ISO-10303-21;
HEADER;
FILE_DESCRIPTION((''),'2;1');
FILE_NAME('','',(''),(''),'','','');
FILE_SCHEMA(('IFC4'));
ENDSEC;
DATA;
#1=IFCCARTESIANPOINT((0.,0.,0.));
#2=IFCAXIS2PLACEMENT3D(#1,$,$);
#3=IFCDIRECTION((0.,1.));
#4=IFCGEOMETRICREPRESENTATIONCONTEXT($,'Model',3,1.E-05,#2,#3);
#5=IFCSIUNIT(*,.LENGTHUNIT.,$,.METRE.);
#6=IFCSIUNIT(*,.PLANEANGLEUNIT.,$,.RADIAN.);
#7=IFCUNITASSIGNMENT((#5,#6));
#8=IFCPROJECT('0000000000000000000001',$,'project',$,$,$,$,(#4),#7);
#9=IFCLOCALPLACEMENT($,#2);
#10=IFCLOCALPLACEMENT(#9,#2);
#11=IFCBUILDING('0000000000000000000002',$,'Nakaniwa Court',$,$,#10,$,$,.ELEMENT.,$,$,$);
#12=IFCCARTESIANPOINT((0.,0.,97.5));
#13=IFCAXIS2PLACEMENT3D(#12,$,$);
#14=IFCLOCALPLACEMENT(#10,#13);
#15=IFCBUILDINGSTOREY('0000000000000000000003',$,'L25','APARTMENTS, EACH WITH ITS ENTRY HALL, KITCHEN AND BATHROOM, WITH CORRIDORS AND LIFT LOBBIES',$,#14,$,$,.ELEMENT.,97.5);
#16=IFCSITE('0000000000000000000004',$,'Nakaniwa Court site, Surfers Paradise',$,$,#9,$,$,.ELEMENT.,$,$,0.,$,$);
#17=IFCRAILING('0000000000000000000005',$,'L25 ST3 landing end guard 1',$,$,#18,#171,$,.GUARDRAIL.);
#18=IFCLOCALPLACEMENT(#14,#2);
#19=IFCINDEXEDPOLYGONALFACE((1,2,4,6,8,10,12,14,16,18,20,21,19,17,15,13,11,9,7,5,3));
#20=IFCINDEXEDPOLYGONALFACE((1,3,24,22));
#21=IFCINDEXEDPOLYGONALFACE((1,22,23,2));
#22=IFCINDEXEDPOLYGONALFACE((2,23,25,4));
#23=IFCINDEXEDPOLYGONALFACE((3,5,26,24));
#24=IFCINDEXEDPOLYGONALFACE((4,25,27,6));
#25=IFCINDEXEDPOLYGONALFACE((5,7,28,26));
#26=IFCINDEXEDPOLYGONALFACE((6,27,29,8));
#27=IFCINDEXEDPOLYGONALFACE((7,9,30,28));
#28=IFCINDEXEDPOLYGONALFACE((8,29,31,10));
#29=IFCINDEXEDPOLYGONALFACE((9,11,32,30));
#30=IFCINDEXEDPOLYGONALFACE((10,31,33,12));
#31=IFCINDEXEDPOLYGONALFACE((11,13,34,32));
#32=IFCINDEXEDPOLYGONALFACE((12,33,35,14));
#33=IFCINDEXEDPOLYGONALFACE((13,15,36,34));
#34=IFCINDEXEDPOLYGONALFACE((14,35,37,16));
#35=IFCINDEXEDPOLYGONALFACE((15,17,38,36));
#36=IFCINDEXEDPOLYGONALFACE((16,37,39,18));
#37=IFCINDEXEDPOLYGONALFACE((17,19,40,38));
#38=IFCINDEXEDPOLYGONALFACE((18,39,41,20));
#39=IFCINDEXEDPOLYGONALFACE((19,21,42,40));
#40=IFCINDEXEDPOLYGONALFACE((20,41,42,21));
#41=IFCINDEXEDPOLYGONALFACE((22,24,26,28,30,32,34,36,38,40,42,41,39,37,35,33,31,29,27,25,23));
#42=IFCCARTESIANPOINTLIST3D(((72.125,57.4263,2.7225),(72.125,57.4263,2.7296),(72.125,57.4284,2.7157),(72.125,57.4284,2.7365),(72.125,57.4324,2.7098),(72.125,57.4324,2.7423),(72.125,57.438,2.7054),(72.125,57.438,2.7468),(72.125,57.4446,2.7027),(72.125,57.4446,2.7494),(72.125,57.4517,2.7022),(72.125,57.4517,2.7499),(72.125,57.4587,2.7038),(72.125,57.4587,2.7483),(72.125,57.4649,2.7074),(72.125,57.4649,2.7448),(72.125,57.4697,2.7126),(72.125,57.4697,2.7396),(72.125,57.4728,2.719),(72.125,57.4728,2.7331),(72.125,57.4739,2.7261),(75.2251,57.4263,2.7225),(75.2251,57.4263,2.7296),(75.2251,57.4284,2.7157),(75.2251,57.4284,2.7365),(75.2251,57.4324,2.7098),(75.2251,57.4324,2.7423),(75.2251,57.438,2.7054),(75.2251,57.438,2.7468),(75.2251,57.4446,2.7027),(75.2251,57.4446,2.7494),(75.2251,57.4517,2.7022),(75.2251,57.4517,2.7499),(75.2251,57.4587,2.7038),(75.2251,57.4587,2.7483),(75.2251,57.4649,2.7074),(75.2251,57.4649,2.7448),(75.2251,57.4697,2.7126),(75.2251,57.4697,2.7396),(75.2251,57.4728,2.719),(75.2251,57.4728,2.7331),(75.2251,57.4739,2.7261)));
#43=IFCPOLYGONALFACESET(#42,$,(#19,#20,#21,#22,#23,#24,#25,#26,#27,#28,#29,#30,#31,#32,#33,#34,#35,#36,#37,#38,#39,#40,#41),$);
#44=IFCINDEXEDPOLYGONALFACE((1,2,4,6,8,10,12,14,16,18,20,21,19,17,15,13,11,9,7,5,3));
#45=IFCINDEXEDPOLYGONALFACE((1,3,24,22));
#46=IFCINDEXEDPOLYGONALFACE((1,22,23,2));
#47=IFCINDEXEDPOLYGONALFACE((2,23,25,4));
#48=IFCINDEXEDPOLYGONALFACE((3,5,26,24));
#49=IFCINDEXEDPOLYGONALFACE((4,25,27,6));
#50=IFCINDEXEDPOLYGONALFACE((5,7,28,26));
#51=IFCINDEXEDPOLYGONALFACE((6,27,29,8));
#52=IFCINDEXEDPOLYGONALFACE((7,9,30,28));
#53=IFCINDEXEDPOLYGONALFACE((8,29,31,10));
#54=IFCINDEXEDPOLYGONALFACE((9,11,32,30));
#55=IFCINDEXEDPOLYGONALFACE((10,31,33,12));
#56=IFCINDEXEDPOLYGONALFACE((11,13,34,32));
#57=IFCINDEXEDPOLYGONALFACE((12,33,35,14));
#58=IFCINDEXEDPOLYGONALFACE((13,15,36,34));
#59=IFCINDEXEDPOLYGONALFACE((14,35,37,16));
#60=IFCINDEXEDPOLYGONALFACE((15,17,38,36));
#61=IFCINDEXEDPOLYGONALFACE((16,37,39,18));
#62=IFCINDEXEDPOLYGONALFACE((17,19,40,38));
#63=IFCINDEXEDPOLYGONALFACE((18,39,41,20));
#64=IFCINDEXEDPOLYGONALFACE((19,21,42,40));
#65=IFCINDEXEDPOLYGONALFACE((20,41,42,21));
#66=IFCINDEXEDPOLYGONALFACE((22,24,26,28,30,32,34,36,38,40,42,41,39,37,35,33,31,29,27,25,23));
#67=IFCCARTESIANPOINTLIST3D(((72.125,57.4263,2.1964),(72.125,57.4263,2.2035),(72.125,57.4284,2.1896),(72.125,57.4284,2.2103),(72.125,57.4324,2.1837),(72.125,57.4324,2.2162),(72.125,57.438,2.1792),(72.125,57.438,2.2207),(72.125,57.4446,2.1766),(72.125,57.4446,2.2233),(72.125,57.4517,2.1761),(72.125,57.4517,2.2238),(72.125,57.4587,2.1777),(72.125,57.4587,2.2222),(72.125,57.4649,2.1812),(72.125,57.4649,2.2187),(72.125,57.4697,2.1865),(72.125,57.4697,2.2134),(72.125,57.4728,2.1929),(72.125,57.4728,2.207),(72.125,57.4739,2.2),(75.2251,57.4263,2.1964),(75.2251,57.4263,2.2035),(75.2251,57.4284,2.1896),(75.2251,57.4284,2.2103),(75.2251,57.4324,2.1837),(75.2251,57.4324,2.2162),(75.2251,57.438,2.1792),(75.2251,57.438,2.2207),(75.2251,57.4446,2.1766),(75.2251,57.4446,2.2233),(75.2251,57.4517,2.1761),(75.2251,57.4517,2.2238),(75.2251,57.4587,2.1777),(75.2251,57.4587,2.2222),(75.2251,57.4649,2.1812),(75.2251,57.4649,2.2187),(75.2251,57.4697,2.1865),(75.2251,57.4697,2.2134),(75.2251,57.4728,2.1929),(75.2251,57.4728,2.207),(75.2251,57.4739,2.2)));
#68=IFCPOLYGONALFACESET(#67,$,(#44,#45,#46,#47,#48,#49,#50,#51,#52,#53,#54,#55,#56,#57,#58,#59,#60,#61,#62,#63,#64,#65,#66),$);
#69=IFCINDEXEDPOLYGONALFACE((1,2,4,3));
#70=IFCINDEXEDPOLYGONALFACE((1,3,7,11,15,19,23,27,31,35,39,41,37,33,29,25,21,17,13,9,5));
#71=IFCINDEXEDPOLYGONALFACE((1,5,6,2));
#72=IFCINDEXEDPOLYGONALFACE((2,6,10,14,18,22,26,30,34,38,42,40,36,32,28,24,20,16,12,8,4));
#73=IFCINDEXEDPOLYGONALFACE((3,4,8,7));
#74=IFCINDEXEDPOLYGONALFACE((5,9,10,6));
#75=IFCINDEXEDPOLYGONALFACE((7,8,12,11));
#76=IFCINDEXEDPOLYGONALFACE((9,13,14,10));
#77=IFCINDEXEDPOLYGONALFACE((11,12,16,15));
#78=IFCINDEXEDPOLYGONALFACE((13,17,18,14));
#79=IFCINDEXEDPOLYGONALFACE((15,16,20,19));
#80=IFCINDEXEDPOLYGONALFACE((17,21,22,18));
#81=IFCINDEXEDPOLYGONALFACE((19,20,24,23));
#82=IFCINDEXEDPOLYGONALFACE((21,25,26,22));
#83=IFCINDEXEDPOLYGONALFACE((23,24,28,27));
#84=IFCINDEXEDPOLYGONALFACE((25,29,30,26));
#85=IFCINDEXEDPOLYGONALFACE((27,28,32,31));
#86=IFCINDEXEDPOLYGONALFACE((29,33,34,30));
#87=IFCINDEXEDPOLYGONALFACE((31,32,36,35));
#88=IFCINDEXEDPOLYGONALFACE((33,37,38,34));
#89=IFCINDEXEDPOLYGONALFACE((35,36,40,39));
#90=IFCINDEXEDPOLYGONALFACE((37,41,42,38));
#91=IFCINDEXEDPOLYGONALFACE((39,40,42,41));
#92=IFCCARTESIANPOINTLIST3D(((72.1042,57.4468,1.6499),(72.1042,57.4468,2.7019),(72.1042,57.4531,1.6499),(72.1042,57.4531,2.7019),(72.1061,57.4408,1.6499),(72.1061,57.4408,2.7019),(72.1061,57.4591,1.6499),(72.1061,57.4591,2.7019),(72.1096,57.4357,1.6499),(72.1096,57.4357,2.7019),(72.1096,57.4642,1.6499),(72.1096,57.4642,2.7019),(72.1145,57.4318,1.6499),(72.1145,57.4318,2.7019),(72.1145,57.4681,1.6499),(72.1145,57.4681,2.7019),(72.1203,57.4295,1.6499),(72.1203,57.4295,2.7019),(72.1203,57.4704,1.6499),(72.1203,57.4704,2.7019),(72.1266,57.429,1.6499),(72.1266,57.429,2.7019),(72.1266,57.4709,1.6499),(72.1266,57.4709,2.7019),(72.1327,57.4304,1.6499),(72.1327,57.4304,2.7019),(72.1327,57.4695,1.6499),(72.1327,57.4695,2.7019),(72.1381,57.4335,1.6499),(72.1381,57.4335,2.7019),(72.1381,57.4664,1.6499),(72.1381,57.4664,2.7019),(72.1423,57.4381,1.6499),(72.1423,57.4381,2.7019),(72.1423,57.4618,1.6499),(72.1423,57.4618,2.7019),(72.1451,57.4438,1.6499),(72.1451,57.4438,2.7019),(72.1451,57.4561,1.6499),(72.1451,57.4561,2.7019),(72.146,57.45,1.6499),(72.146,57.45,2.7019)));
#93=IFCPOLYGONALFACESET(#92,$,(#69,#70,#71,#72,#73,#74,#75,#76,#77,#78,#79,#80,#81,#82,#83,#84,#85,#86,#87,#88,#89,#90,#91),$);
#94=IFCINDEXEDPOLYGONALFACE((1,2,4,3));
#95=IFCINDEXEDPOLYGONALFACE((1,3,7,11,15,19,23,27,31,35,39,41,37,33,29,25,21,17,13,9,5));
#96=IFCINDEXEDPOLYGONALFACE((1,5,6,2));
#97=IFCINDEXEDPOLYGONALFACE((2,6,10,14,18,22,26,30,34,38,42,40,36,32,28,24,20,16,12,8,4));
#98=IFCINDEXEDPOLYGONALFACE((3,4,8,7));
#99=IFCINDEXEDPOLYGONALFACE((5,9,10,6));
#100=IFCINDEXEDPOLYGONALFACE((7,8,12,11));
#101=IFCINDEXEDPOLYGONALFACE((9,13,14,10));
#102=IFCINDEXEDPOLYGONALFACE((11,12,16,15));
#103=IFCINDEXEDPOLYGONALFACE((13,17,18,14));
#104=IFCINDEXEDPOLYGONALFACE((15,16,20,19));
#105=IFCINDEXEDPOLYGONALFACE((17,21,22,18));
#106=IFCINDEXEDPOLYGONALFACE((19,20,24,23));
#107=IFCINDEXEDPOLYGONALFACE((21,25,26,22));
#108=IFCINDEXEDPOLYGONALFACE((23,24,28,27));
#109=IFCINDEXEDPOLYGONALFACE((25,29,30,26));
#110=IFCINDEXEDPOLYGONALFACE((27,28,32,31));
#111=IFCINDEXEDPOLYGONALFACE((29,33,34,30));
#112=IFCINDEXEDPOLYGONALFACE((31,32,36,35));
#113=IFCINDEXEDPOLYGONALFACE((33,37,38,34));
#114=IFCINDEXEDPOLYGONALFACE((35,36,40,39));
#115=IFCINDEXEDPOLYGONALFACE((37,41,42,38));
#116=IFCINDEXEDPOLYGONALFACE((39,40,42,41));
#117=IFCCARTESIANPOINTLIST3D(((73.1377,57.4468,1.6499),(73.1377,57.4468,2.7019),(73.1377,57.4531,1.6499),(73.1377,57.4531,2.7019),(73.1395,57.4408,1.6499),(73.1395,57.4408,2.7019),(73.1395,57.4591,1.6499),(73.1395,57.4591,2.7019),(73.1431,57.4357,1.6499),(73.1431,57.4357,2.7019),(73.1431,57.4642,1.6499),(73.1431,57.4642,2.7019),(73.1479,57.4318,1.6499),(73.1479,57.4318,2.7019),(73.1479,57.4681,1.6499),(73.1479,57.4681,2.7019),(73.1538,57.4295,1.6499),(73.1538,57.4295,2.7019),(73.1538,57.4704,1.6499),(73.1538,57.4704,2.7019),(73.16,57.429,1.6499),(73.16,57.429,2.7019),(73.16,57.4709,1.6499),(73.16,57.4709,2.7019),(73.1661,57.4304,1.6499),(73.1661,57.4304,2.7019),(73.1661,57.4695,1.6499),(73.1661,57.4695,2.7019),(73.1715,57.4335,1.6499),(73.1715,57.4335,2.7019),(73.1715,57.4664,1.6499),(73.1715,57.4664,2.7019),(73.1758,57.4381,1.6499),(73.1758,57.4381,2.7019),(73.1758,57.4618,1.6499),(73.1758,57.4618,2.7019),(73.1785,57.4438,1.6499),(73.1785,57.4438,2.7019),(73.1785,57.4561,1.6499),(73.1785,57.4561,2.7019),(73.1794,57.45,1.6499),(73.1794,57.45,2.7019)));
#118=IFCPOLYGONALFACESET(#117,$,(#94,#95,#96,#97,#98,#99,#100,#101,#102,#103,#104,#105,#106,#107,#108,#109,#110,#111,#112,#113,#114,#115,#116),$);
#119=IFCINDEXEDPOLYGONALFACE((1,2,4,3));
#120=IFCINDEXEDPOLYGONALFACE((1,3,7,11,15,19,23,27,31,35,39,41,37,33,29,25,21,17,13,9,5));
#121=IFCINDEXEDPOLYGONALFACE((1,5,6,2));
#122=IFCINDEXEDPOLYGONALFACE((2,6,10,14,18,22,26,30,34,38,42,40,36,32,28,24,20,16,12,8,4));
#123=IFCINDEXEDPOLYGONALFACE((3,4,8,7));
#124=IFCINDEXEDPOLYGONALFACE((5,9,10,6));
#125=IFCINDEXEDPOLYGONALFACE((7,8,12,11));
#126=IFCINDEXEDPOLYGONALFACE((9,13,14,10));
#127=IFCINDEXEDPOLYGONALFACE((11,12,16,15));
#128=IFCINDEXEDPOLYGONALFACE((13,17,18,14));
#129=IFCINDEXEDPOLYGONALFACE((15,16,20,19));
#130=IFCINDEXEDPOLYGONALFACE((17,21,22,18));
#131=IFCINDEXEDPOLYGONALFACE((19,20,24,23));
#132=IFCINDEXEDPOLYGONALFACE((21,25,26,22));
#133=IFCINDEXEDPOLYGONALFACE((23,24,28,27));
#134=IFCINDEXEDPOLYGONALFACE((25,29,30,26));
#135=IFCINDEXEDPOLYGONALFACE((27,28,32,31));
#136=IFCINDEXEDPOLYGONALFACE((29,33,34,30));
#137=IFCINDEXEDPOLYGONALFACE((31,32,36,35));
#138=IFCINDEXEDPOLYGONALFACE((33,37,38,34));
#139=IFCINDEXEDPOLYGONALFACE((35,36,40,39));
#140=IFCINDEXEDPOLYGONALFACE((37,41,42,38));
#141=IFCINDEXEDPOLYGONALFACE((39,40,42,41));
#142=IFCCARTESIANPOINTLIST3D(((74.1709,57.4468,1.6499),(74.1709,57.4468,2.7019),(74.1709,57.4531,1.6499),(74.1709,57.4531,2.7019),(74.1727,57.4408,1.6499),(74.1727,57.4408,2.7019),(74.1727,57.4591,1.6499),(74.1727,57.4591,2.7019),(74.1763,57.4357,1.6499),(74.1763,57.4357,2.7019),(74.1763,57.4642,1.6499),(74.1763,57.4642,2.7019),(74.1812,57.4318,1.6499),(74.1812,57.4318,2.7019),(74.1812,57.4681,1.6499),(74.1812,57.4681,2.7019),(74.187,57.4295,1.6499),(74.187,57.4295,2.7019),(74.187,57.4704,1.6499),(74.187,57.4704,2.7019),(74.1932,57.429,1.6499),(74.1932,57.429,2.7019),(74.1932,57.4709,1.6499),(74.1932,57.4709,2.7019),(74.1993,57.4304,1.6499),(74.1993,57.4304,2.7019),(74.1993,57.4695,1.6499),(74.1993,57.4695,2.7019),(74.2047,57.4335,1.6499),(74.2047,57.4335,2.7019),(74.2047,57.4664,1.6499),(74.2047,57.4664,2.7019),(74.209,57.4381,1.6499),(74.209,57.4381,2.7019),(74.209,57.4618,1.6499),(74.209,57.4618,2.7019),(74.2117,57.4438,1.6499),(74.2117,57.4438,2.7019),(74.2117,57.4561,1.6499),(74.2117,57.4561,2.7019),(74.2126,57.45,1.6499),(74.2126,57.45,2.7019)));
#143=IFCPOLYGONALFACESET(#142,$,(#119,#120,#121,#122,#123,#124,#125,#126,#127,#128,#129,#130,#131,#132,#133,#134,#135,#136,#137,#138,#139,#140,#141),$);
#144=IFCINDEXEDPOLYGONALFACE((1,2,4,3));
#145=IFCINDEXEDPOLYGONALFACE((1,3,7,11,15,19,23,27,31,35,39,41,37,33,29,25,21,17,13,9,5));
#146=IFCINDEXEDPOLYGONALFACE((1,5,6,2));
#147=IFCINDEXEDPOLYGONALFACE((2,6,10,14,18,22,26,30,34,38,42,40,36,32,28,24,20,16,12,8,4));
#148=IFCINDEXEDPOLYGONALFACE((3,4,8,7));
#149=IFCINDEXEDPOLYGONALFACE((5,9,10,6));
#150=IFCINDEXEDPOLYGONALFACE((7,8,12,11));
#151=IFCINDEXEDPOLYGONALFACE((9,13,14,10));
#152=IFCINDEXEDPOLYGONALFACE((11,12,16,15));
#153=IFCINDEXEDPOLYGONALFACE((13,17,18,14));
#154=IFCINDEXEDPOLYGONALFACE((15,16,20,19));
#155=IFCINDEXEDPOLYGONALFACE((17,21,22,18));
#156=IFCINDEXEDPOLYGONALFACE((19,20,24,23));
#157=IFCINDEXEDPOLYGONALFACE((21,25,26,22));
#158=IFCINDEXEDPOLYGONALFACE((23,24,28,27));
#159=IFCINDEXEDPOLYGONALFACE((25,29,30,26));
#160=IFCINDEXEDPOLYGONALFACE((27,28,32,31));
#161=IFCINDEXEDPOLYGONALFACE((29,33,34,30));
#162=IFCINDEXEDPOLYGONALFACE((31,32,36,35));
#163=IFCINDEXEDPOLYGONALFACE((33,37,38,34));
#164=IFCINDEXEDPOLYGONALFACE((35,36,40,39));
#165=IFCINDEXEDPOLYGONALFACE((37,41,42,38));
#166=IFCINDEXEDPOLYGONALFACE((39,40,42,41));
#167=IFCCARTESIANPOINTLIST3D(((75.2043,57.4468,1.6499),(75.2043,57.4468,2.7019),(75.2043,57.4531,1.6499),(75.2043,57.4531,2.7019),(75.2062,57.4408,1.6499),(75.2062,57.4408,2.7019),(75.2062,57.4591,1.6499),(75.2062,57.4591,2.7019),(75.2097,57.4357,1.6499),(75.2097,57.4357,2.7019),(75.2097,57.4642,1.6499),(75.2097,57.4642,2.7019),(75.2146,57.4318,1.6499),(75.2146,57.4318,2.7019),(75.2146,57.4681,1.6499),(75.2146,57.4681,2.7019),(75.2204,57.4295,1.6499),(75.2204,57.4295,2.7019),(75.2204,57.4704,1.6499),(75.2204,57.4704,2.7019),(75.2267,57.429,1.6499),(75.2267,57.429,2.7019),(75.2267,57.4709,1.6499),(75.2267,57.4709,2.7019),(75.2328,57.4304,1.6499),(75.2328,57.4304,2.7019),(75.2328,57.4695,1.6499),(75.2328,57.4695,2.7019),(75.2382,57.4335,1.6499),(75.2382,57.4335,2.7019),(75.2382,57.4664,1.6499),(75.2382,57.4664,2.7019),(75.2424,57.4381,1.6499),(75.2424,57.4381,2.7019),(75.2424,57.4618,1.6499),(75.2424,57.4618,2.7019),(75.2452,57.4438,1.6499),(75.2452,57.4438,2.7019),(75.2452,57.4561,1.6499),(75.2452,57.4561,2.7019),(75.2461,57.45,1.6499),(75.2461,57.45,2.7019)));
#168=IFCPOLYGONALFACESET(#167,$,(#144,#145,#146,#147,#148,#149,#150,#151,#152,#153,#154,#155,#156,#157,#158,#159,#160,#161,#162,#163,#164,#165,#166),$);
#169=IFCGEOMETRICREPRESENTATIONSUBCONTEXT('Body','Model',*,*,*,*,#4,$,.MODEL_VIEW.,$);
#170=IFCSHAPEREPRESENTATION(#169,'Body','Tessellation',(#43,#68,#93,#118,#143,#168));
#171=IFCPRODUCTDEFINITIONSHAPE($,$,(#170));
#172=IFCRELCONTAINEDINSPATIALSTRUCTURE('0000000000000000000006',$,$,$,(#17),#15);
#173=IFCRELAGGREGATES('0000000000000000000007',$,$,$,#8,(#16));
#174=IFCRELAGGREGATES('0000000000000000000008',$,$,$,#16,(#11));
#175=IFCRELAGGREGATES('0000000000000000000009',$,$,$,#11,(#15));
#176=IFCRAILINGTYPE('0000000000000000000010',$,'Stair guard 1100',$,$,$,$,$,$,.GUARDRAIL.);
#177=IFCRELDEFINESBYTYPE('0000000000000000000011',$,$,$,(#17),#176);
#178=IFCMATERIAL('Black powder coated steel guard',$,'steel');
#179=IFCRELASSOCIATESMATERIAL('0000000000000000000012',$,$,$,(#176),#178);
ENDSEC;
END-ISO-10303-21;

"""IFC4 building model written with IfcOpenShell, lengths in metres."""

from ifc_helpers import new_model, si_unit, direction, frame, origin, origin_2d, place, context, subcontext, project, spatial, circle, extrude, material, type_object, element, save


model = new_model("IFC4")

# Units and contexts
model_context = context("Model", 3, precision=1e-05, world=origin(), true_north=direction((0.0, 1.0)))
body_context = subcontext(model_context, "Body", "Model", "MODEL_VIEW")
ifc_project = project(units=[si_unit("LENGTHUNIT", "METRE"), si_unit("PLANEANGLEUNIT", "RADIAN")], contexts=[model_context])

# Site, building, storey
site_placement = place(None, origin())
site = spatial("IfcSite", under=ifc_project, at=site_placement, Name="Nakaniwa Court site, Surfers Paradise", CompositionType="ELEMENT", RefElevation=0.0)
building_placement = place(site_placement, origin())
building = spatial("IfcBuilding", under=site, at=building_placement, Name="Nakaniwa Court", CompositionType="ELEMENT")
storey_placement = place(building_placement, frame((0.0, 0.0, 97.5)))
storey = spatial("IfcBuildingStorey", under=building, at=storey_placement, Name="L25", Description="APARTMENTS, EACH WITH ITS ENTRY HALL, KITCHEN AND BATHROOM, WITH CORRIDORS AND LIFT LOBBIES", CompositionType="ELEMENT", Elevation=97.5)

# Railing
ifc_material_1 = material(Name="Black powder coated steel guard", Category="steel")
railing_type_1 = type_object("IfcRailingType", Name="Stair guard 1100", PredefinedType="GUARDRAIL", material=ifc_material_1)
railing_1_placement = place(storey_placement, frame((72.125, 57.45, 1.6499)))
element("IfcRailing", 1, at=railing_1_placement, inside=storey, type_object=railing_type_1, Name="L25 ST3 landing end guard 1", PredefinedType="GUARDRAIL", context=body_context, shape_type="SweptSolid", body=[
    extrude(circle(Radius=0.0239, at=origin_2d()), frame((0.0, 0.0, 1.0762), z_axis=(1.0, 0.0, 0.0), x_axis=(0.0, 1.0, 0.0)), (0.0, 0.0, 1.0), 3.1001),
    extrude(circle(Radius=0.0239, at=origin_2d()), frame((0.0, 0.0, 0.55), z_axis=(1.0, 0.0, 0.0), x_axis=(0.0, 1.0, 0.0)), (0.0, 0.0, 1.0), 3.1001),
    extrude(circle(Radius=0.021, at=origin_2d()), origin(), (0.0, 0.0, 1.0), 1.052),
    extrude(circle(Radius=0.021, at=origin_2d()), frame((1.0334, 0.0, 0.0)), (0.0, 0.0, 1.0), 1.052),
    extrude(circle(Radius=0.021, at=origin_2d()), frame((2.0667, 0.0, 0.0)), (0.0, 0.0, 1.0), 1.052),
    extrude(circle(Radius=0.021, at=origin_2d()), frame((3.1001, 0.0, 0.0)), (0.0, 0.0, 1.0), 1.052),
])

save(model, "model.ifc")
